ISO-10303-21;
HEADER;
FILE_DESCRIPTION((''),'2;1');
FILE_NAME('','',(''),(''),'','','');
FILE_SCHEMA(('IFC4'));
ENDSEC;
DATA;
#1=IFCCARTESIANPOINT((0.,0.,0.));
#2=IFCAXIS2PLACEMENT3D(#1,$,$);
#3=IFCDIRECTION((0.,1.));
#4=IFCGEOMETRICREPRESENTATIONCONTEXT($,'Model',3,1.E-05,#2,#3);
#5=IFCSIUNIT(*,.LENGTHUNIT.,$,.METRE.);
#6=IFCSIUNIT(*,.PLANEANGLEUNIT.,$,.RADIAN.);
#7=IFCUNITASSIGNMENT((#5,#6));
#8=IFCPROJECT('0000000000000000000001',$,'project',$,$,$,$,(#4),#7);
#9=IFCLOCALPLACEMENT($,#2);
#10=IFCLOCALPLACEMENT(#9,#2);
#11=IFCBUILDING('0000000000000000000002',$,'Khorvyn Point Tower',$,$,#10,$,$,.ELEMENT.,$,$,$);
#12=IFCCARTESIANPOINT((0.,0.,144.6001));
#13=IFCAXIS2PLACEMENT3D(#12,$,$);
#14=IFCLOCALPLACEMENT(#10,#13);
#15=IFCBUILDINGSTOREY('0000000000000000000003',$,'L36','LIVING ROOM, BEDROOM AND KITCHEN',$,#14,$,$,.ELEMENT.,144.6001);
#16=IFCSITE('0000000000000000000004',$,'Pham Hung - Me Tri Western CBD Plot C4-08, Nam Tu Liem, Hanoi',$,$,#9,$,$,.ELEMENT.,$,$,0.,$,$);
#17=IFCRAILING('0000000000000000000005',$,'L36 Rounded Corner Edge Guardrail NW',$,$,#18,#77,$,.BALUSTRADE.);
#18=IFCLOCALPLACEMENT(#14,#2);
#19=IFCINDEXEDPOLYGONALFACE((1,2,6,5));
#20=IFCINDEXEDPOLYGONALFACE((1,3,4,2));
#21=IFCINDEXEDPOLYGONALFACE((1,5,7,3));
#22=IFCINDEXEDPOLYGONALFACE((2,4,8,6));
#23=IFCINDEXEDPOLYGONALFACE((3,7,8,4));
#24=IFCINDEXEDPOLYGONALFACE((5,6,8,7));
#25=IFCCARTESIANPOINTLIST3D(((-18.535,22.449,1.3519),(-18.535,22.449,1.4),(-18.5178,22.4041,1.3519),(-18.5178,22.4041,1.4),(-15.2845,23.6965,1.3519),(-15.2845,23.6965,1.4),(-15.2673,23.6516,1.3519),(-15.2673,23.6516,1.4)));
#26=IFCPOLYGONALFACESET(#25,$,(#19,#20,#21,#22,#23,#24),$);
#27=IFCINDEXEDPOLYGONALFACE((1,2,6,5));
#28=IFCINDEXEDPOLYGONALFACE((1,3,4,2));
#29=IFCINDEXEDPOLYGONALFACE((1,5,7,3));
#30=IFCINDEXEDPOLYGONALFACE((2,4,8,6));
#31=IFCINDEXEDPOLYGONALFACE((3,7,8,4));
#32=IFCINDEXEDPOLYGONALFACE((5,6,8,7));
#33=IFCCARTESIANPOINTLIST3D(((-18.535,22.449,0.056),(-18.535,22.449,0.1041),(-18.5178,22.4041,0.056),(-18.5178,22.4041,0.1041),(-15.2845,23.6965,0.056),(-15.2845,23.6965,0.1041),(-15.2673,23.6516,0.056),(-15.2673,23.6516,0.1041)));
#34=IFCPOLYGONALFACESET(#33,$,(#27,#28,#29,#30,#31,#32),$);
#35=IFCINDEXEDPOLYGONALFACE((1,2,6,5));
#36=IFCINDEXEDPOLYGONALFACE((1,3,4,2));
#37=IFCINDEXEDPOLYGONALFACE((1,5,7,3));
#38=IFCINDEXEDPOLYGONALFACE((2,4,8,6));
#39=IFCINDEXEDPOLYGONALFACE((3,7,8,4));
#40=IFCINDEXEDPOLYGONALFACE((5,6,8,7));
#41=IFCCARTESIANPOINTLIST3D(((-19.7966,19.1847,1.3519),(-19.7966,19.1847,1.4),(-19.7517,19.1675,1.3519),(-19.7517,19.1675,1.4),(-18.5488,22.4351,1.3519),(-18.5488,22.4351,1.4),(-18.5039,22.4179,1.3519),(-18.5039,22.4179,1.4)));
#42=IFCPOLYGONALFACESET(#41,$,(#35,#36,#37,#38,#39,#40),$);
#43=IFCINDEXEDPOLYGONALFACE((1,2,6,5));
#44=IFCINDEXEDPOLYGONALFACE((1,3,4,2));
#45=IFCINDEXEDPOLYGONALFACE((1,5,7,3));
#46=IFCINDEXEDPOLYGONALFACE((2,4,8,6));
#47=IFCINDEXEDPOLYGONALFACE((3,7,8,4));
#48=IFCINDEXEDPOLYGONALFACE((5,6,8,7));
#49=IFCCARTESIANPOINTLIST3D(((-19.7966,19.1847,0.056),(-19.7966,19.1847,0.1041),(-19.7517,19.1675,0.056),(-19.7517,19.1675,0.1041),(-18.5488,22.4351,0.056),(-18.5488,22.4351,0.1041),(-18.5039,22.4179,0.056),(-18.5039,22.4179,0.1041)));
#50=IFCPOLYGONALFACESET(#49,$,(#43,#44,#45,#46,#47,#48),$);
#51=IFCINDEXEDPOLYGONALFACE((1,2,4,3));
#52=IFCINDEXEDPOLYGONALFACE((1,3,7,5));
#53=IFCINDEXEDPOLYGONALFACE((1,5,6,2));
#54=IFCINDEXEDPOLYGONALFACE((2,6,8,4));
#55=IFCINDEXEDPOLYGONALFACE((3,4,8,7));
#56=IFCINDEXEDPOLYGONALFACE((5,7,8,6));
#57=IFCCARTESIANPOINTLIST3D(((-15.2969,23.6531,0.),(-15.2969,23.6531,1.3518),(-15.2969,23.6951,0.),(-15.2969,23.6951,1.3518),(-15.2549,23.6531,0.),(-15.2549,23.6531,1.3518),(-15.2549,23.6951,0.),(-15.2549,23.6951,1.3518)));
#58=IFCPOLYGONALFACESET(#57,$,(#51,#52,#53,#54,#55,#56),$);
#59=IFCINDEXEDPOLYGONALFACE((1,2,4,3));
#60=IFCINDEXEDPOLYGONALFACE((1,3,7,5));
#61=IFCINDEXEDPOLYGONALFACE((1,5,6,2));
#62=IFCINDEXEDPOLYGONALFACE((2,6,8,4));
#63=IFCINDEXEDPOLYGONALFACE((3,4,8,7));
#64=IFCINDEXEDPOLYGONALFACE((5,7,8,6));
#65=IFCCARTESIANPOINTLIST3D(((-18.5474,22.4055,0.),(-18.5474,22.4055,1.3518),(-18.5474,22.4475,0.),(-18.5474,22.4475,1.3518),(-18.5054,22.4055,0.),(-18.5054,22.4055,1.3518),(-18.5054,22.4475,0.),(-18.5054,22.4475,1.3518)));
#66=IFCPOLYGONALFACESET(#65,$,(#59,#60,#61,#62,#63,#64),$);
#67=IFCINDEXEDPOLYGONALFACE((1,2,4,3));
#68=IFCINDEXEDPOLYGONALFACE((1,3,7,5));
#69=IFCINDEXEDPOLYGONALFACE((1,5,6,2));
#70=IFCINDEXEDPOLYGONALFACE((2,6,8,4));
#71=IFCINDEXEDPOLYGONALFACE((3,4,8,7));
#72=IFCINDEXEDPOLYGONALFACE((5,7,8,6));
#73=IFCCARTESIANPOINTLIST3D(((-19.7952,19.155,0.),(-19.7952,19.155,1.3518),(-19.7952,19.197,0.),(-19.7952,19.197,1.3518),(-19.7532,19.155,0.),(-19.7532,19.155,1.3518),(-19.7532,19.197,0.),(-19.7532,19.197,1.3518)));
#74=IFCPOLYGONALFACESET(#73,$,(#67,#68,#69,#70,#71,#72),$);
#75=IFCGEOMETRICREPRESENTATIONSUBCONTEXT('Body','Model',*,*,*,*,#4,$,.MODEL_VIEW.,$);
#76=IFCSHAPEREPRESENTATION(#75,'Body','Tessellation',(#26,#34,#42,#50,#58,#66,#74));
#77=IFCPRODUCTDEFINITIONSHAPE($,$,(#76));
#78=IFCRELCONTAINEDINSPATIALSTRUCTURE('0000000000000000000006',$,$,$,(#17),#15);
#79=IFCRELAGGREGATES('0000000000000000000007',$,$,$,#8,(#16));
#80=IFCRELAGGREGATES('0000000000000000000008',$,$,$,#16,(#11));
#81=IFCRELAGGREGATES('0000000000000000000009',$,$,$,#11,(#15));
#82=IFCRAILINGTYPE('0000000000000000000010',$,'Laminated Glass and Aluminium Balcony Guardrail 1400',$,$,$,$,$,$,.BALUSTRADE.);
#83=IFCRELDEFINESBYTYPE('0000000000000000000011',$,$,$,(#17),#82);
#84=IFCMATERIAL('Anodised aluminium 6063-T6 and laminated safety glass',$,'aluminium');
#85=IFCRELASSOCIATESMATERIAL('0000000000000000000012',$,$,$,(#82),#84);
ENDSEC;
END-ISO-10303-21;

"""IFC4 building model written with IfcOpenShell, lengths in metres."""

from ifc_helpers import new_model, si_unit, direction, frame, origin, origin_2d, place, context, subcontext, project, spatial, rectangle, extrude, material, type_object, element, save


model = new_model("IFC4")

# Units and contexts
model_context = context("Model", 3, precision=1e-05, world=origin(), true_north=direction((0.0, 1.0)))
body_context = subcontext(model_context, "Body", "Model", "MODEL_VIEW")
ifc_project = project(units=[si_unit("LENGTHUNIT", "METRE"), si_unit("PLANEANGLEUNIT", "RADIAN")], contexts=[model_context])

# Site, building, storey
site_placement = place(None, origin())
site = spatial("IfcSite", under=ifc_project, at=site_placement, Name="Pham Hung - Me Tri Western CBD Plot C4-08, Nam Tu Liem, Hanoi", CompositionType="ELEMENT", RefElevation=0.0)
building_placement = place(site_placement, origin())
building = spatial("IfcBuilding", under=site, at=building_placement, Name="Khorvyn Point Tower", CompositionType="ELEMENT")
storey_placement = place(building_placement, frame((0.0, 0.0, 144.6001)))
storey = spatial("IfcBuildingStorey", under=building, at=storey_placement, Name="L36", Description="LIVING ROOM, BEDROOM AND KITCHEN", CompositionType="ELEMENT", Elevation=144.6001)

# Railing
ifc_material_1 = material(Name="Anodised aluminium 6063-T6 and laminated safety glass", Category="aluminium")
railing_type = type_object("IfcRailingType", Name="Laminated Glass and Aluminium Balcony Guardrail 1400", PredefinedType="BALUSTRADE", material=ifc_material_1)
railing_placement = place(storey_placement, frame((-15.2759, 23.6741, 0.0)))
element("IfcRailing", 1, at=railing_placement, inside=storey, type_object=railing_type, Name="L36 Rounded Corner Edge Guardrail NW", PredefinedType="BALUSTRADE", context=body_context, shape_type="SweptSolid", body=[
    extrude(rectangle(XDim=0.0481, YDim=0.0481, at=origin_2d()), frame((0.0, 0.0, 1.376), z_axis=(-0.933598, -0.358321, 0.0), x_axis=(0.358321, -0.933598, 0.0)), (0.0, 0.0, 1.0), 3.4817),
    extrude(rectangle(XDim=0.0481, YDim=0.0481, at=origin_2d()), frame((0.0, 0.0, 0.0801), z_axis=(-0.933598, -0.358321, 0.0), x_axis=(0.358321, -0.933598, 0.0)), (0.0, 0.0, 1.0), 3.4817),
    extrude(rectangle(XDim=0.0481, YDim=0.0481, at=origin_2d()), frame((-3.2505, -1.2476, 1.376), z_axis=(-0.358382, -0.933575, 0.0), x_axis=(0.933575, -0.358382, 0.0)), (0.0, 0.0, 1.0), 3.4817),
    extrude(rectangle(XDim=0.0481, YDim=0.0481, at=origin_2d()), frame((-3.2505, -1.2476, 0.0801), z_axis=(-0.358382, -0.933575, 0.0), x_axis=(0.933575, -0.358382, 0.0)), (0.0, 0.0, 1.0), 3.4817),
    extrude(rectangle(XDim=0.042, YDim=0.042, at=origin_2d()), origin(), (0.0, 0.0, 1.0), 1.3518),
    extrude(rectangle(XDim=0.042, YDim=0.042, at=origin_2d()), frame((-3.2505, -1.2476, 0.0)), (0.0, 0.0, 1.0), 1.3518),
    extrude(rectangle(XDim=0.042, YDim=0.042, at=origin_2d()), frame((-4.4983, -4.498, 0.0)), (0.0, 0.0, 1.0), 1.3518),
])

save(model, "model.ifc")
